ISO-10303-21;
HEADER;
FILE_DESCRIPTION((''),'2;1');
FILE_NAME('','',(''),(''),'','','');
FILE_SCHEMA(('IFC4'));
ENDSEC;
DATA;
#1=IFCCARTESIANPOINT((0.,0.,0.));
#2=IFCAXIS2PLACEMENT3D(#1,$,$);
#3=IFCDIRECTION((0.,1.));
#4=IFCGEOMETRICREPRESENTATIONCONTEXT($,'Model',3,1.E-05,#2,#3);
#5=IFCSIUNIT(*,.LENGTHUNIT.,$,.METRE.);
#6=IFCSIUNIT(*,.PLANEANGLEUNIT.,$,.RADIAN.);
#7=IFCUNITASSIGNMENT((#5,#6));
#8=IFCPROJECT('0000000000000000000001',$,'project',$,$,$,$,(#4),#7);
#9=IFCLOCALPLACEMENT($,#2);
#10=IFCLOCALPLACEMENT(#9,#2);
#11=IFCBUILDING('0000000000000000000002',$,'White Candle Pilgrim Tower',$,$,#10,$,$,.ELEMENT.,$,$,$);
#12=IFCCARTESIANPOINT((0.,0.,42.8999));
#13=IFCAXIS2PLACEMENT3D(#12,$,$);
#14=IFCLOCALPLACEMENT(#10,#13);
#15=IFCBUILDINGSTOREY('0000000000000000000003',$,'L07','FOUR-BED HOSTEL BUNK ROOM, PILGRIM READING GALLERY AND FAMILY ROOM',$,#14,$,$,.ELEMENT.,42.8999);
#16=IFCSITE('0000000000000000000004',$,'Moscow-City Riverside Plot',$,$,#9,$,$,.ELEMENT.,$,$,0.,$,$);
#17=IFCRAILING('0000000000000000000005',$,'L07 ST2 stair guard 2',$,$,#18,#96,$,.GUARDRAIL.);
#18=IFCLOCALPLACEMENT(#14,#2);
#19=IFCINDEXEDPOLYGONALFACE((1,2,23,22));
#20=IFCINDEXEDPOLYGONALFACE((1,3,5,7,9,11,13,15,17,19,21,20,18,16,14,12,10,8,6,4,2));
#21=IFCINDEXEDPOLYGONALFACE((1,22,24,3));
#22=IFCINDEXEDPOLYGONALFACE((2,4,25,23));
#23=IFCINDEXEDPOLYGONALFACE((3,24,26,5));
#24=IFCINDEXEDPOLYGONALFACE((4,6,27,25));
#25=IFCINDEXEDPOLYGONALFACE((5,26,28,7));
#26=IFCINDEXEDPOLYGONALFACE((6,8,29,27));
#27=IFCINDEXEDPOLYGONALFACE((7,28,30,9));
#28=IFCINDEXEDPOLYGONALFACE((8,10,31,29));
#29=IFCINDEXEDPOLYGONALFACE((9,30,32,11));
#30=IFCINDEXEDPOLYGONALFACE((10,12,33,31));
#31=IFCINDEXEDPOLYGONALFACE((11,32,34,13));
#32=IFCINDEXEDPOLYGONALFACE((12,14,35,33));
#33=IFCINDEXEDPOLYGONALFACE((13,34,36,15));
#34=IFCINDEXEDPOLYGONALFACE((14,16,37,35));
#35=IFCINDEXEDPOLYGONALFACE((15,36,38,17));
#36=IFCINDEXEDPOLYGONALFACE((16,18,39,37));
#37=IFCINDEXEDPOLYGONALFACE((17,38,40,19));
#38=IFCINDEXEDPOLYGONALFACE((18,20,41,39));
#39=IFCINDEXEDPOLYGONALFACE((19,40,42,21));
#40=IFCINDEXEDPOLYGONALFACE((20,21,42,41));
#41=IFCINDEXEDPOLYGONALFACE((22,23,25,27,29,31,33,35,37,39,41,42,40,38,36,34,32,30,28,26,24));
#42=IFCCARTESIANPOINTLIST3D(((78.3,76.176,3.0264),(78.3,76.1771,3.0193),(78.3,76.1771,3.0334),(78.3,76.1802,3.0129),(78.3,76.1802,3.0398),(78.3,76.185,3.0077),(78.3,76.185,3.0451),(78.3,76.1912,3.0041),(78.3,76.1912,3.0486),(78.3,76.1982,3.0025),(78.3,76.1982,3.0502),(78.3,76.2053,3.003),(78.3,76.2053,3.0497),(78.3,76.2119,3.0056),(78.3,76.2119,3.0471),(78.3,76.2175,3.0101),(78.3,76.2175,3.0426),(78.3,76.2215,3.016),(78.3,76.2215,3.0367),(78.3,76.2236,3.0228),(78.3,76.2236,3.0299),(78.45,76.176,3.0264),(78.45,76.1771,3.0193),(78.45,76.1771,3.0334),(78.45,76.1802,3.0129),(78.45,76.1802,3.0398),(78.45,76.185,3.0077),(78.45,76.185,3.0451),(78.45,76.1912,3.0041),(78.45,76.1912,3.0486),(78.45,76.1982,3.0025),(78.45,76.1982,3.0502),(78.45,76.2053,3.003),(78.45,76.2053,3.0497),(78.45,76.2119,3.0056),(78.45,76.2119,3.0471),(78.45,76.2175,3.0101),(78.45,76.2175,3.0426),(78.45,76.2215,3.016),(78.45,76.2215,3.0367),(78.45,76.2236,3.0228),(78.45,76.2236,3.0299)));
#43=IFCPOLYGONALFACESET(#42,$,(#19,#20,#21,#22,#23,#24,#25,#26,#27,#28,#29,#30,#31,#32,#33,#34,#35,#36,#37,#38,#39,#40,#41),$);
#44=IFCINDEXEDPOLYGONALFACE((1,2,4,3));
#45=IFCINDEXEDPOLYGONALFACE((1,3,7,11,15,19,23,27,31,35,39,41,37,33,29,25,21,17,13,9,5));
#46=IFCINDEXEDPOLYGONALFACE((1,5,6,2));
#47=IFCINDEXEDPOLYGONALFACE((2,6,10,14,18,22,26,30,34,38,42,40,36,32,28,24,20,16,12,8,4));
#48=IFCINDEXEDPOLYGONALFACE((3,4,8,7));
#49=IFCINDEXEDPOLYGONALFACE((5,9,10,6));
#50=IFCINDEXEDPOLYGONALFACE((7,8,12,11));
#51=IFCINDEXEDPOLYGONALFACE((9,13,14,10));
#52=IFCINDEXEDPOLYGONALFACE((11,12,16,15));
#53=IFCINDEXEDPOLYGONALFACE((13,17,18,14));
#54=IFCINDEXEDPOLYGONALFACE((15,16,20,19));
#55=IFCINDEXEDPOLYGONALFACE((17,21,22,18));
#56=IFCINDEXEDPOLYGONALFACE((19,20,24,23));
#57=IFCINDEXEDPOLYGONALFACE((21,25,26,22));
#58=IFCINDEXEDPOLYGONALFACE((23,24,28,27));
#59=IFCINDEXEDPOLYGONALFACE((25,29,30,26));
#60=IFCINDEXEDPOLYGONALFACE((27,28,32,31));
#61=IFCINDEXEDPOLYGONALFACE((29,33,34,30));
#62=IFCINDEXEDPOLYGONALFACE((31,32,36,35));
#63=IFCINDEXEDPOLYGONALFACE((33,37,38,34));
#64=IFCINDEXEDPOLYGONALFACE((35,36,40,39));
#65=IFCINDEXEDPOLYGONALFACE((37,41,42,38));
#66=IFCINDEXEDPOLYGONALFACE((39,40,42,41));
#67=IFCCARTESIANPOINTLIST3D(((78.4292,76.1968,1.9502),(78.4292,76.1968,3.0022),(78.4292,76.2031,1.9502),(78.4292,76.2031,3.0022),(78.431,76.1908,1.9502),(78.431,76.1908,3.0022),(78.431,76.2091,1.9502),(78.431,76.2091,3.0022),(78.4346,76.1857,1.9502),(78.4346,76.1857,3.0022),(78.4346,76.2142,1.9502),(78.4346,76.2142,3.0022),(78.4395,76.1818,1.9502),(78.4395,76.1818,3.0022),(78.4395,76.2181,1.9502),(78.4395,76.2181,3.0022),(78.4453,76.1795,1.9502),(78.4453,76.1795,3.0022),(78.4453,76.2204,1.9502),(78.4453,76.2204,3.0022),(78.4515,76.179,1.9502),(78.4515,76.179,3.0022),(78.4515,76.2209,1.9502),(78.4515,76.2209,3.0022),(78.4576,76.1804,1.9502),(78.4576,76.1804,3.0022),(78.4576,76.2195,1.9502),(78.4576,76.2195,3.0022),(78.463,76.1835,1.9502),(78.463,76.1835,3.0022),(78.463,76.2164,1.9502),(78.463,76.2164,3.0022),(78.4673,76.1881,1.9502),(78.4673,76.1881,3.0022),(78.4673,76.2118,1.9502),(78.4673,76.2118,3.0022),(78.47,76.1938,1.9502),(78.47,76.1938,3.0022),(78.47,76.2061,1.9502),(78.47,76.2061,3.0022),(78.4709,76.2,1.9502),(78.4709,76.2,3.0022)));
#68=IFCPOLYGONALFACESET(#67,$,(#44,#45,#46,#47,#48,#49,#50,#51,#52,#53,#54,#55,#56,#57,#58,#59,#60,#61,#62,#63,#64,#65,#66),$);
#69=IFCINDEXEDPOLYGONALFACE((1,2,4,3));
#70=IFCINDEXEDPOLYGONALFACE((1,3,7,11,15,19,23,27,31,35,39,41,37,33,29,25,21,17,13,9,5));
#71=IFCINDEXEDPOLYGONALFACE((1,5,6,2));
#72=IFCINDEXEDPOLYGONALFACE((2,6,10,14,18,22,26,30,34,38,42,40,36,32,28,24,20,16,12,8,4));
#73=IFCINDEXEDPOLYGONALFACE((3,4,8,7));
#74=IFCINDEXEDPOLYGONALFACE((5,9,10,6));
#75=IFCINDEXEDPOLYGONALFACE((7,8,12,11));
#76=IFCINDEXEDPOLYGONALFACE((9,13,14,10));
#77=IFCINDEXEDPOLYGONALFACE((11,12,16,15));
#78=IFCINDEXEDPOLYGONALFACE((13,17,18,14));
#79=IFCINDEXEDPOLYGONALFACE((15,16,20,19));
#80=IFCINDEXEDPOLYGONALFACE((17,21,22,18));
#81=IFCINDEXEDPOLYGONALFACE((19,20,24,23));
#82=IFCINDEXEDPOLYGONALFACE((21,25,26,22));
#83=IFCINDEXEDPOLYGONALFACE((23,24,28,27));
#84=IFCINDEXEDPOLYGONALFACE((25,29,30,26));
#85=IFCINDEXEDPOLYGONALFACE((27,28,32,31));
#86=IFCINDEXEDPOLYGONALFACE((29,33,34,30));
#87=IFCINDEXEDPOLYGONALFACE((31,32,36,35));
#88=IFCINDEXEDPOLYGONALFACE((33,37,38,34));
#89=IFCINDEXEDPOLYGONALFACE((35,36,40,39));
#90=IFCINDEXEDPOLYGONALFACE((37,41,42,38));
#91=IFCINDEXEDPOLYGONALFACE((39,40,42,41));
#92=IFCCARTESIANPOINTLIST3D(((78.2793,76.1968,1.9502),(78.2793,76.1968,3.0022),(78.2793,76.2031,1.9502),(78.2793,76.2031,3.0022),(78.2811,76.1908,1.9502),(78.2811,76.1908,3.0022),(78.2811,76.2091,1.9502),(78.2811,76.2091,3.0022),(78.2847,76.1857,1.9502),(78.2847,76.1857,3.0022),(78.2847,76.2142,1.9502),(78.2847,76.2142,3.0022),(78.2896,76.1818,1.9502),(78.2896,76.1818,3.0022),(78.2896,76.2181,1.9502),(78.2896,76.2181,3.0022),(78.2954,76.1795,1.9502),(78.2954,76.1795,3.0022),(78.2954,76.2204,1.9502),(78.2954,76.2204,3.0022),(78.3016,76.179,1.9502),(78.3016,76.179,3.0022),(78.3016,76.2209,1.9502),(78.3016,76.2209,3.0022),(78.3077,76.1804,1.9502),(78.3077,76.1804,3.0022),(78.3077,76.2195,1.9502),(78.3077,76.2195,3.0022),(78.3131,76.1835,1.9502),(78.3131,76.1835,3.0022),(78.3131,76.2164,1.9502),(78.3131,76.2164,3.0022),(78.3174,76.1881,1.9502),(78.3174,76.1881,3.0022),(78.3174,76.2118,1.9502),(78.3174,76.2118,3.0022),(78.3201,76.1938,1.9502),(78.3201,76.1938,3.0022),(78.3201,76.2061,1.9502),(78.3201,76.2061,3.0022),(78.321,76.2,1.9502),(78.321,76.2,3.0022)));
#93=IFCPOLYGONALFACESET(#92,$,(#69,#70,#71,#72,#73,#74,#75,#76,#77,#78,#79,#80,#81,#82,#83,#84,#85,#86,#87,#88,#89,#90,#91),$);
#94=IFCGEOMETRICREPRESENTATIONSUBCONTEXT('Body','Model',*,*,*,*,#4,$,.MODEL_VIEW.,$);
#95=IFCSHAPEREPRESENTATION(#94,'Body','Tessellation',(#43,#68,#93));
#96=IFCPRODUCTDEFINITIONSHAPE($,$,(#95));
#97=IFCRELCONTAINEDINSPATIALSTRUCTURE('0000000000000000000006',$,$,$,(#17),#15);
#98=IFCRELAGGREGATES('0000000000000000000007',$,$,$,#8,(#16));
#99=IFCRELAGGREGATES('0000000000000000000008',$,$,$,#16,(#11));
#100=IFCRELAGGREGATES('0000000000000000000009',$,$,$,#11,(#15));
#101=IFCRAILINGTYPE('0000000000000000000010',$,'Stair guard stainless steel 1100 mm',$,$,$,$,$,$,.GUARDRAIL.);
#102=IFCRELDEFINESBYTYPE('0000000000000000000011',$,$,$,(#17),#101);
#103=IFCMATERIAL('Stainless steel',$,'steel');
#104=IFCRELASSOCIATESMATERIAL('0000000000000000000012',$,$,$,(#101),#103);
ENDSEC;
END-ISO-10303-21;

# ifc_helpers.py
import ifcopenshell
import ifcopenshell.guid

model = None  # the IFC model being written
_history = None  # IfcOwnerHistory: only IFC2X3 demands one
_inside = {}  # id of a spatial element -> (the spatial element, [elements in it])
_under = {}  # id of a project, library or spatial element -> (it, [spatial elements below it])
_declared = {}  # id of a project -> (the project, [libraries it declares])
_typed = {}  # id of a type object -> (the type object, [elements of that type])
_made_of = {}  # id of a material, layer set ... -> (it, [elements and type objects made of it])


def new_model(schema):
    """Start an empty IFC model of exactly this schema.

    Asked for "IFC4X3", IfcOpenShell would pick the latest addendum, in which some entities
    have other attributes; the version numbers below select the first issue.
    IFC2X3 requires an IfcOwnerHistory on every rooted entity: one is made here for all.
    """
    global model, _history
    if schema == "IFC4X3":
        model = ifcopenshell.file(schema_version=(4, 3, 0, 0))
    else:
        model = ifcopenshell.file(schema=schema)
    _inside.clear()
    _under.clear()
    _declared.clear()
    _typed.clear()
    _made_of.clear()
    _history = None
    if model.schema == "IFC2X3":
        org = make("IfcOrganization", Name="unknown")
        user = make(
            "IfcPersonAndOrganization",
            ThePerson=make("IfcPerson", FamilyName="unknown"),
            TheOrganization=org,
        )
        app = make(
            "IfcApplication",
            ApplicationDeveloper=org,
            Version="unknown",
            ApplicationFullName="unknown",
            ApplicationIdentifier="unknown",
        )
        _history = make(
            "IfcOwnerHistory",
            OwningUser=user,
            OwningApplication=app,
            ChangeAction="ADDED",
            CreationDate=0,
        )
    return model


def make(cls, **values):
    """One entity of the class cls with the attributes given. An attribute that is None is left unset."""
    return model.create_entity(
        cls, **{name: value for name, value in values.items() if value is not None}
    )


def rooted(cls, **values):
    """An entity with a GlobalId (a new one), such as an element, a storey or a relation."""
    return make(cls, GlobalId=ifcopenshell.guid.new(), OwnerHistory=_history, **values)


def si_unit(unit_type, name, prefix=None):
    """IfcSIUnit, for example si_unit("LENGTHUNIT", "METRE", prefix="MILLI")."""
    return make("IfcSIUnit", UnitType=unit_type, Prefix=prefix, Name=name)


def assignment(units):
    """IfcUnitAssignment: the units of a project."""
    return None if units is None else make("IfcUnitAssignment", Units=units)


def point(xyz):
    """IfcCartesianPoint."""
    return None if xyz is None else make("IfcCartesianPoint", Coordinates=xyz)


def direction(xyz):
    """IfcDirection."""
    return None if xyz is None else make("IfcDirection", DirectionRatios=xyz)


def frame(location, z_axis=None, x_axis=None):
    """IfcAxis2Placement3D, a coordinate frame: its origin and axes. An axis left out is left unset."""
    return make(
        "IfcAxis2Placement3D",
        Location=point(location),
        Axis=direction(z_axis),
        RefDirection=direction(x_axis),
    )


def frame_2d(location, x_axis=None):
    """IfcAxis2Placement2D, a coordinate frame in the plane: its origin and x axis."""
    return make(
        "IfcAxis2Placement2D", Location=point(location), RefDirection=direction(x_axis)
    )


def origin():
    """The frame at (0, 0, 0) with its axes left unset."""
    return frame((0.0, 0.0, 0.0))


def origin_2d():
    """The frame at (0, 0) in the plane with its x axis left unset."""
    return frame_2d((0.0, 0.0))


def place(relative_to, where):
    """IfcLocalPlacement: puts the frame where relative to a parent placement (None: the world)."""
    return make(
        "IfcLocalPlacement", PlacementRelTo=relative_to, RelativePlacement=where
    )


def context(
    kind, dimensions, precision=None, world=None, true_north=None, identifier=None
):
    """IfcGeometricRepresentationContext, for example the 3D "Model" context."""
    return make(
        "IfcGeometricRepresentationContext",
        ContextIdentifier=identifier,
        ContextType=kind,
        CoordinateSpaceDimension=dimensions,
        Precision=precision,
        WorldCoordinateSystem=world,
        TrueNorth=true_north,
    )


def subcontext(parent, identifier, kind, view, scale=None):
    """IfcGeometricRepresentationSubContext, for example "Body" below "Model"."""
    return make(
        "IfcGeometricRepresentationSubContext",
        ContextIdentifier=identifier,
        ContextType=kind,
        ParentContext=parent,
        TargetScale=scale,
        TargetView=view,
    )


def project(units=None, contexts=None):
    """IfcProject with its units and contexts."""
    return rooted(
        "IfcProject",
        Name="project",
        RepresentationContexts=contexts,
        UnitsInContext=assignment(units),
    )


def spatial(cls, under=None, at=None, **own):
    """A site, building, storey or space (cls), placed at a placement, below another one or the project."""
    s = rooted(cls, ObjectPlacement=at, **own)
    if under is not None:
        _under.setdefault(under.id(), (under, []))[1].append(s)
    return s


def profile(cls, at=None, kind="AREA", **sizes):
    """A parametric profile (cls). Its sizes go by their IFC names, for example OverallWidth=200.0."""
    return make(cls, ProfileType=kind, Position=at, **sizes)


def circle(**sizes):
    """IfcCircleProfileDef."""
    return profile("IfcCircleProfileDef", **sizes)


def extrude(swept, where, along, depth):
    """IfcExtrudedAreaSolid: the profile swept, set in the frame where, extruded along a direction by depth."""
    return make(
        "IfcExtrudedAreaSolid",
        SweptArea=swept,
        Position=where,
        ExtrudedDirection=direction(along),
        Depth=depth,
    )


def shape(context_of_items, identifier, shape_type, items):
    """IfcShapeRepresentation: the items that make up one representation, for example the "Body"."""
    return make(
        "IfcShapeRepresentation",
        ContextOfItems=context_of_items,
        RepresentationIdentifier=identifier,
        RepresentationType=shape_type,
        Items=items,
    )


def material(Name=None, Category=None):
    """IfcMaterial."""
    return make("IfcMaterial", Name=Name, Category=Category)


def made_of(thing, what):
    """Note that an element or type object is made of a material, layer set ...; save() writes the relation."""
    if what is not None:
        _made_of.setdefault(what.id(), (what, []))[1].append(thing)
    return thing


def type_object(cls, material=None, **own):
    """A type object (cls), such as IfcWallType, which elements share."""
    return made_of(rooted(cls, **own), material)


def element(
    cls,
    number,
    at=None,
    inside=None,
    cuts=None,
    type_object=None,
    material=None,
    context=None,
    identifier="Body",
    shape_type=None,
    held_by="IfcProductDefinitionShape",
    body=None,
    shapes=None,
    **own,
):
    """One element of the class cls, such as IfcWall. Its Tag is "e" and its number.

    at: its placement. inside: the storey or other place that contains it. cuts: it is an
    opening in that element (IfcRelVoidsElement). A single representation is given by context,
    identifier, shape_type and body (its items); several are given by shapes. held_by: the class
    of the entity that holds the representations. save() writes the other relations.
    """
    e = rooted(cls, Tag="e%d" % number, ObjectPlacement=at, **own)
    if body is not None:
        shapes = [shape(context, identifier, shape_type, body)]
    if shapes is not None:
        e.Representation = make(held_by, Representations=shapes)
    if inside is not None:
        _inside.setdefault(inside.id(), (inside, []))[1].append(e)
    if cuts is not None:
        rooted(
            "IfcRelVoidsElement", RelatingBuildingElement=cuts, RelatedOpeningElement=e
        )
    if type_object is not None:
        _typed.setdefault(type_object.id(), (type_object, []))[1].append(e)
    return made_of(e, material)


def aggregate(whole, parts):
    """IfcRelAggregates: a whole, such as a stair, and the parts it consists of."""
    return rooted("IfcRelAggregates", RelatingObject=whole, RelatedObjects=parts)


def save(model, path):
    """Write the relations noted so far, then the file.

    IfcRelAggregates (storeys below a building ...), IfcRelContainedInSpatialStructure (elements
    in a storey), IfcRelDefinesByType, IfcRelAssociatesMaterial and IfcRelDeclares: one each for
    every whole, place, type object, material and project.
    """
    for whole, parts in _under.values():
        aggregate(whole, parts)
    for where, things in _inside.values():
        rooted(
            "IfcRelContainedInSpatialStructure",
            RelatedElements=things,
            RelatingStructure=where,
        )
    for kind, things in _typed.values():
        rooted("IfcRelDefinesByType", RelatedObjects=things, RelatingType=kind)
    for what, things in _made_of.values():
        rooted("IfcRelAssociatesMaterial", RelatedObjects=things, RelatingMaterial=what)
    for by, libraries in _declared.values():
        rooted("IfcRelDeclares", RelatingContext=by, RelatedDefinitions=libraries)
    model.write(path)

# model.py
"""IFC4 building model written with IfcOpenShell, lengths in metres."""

from ifc_helpers import new_model, si_unit, direction, frame, origin, origin_2d, place, context, subcontext, project, spatial, circle, extrude, material, type_object, element, save


model = new_model("IFC4")

# Units and contexts
model_context = context("Model", 3, precision=1e-05, world=origin(), true_north=direction((0.0, 1.0)))
body_context = subcontext(model_context, "Body", "Model", "MODEL_VIEW")
ifc_project = project(units=[si_unit("LENGTHUNIT", "METRE"), si_unit("PLANEANGLEUNIT", "RADIAN")], contexts=[model_context])

# Site, building, storey
site_placement = place(None, origin())
site = spatial("IfcSite", under=ifc_project, at=site_placement, Name="Moscow-City Riverside Plot", CompositionType="ELEMENT", RefElevation=0.0)
building_placement = place(site_placement, origin())
building = spatial("IfcBuilding", under=site, at=building_placement, Name="White Candle Pilgrim Tower", CompositionType="ELEMENT")
storey_placement = place(building_placement, frame((0.0, 0.0, 42.8999)))
storey = spatial("IfcBuildingStorey", under=building, at=storey_placement, Name="L07", Description="FOUR-BED HOSTEL BUNK ROOM, PILGRIM READING GALLERY AND FAMILY ROOM", CompositionType="ELEMENT", Elevation=42.8999)

# Railing
ifc_material_1 = material(Name="Stainless steel", Category="steel")
railing_type = type_object("IfcRailingType", Name="Stair guard stainless steel 1100 mm", PredefinedType="GUARDRAIL", material=ifc_material_1)
railing_placement = place(storey_placement, frame((78.45, 76.2, 1.9502)))
element("IfcRailing", 1, at=railing_placement, inside=storey, type_object=railing_type, Name="L07 ST2 stair guard 2", PredefinedType="GUARDRAIL", context=body_context, shape_type="SweptSolid", body=[
    extrude(circle(Radius=0.0239, at=origin_2d()), frame((0.0, 0.0, 1.0762), z_axis=(-1.0, 0.0, 0.0), x_axis=(0.0, -1.0, 0.0)), (0.0, 0.0, 1.0), 0.1499),
    extrude(circle(Radius=0.021, at=origin_2d()), origin(), (0.0, 0.0, 1.0), 1.052),
    extrude(circle(Radius=0.021, at=origin_2d()), frame((-0.1499, 0.0, 0.0)), (0.0, 0.0, 1.0), 1.052),
])

save(model, "model.ifc")
